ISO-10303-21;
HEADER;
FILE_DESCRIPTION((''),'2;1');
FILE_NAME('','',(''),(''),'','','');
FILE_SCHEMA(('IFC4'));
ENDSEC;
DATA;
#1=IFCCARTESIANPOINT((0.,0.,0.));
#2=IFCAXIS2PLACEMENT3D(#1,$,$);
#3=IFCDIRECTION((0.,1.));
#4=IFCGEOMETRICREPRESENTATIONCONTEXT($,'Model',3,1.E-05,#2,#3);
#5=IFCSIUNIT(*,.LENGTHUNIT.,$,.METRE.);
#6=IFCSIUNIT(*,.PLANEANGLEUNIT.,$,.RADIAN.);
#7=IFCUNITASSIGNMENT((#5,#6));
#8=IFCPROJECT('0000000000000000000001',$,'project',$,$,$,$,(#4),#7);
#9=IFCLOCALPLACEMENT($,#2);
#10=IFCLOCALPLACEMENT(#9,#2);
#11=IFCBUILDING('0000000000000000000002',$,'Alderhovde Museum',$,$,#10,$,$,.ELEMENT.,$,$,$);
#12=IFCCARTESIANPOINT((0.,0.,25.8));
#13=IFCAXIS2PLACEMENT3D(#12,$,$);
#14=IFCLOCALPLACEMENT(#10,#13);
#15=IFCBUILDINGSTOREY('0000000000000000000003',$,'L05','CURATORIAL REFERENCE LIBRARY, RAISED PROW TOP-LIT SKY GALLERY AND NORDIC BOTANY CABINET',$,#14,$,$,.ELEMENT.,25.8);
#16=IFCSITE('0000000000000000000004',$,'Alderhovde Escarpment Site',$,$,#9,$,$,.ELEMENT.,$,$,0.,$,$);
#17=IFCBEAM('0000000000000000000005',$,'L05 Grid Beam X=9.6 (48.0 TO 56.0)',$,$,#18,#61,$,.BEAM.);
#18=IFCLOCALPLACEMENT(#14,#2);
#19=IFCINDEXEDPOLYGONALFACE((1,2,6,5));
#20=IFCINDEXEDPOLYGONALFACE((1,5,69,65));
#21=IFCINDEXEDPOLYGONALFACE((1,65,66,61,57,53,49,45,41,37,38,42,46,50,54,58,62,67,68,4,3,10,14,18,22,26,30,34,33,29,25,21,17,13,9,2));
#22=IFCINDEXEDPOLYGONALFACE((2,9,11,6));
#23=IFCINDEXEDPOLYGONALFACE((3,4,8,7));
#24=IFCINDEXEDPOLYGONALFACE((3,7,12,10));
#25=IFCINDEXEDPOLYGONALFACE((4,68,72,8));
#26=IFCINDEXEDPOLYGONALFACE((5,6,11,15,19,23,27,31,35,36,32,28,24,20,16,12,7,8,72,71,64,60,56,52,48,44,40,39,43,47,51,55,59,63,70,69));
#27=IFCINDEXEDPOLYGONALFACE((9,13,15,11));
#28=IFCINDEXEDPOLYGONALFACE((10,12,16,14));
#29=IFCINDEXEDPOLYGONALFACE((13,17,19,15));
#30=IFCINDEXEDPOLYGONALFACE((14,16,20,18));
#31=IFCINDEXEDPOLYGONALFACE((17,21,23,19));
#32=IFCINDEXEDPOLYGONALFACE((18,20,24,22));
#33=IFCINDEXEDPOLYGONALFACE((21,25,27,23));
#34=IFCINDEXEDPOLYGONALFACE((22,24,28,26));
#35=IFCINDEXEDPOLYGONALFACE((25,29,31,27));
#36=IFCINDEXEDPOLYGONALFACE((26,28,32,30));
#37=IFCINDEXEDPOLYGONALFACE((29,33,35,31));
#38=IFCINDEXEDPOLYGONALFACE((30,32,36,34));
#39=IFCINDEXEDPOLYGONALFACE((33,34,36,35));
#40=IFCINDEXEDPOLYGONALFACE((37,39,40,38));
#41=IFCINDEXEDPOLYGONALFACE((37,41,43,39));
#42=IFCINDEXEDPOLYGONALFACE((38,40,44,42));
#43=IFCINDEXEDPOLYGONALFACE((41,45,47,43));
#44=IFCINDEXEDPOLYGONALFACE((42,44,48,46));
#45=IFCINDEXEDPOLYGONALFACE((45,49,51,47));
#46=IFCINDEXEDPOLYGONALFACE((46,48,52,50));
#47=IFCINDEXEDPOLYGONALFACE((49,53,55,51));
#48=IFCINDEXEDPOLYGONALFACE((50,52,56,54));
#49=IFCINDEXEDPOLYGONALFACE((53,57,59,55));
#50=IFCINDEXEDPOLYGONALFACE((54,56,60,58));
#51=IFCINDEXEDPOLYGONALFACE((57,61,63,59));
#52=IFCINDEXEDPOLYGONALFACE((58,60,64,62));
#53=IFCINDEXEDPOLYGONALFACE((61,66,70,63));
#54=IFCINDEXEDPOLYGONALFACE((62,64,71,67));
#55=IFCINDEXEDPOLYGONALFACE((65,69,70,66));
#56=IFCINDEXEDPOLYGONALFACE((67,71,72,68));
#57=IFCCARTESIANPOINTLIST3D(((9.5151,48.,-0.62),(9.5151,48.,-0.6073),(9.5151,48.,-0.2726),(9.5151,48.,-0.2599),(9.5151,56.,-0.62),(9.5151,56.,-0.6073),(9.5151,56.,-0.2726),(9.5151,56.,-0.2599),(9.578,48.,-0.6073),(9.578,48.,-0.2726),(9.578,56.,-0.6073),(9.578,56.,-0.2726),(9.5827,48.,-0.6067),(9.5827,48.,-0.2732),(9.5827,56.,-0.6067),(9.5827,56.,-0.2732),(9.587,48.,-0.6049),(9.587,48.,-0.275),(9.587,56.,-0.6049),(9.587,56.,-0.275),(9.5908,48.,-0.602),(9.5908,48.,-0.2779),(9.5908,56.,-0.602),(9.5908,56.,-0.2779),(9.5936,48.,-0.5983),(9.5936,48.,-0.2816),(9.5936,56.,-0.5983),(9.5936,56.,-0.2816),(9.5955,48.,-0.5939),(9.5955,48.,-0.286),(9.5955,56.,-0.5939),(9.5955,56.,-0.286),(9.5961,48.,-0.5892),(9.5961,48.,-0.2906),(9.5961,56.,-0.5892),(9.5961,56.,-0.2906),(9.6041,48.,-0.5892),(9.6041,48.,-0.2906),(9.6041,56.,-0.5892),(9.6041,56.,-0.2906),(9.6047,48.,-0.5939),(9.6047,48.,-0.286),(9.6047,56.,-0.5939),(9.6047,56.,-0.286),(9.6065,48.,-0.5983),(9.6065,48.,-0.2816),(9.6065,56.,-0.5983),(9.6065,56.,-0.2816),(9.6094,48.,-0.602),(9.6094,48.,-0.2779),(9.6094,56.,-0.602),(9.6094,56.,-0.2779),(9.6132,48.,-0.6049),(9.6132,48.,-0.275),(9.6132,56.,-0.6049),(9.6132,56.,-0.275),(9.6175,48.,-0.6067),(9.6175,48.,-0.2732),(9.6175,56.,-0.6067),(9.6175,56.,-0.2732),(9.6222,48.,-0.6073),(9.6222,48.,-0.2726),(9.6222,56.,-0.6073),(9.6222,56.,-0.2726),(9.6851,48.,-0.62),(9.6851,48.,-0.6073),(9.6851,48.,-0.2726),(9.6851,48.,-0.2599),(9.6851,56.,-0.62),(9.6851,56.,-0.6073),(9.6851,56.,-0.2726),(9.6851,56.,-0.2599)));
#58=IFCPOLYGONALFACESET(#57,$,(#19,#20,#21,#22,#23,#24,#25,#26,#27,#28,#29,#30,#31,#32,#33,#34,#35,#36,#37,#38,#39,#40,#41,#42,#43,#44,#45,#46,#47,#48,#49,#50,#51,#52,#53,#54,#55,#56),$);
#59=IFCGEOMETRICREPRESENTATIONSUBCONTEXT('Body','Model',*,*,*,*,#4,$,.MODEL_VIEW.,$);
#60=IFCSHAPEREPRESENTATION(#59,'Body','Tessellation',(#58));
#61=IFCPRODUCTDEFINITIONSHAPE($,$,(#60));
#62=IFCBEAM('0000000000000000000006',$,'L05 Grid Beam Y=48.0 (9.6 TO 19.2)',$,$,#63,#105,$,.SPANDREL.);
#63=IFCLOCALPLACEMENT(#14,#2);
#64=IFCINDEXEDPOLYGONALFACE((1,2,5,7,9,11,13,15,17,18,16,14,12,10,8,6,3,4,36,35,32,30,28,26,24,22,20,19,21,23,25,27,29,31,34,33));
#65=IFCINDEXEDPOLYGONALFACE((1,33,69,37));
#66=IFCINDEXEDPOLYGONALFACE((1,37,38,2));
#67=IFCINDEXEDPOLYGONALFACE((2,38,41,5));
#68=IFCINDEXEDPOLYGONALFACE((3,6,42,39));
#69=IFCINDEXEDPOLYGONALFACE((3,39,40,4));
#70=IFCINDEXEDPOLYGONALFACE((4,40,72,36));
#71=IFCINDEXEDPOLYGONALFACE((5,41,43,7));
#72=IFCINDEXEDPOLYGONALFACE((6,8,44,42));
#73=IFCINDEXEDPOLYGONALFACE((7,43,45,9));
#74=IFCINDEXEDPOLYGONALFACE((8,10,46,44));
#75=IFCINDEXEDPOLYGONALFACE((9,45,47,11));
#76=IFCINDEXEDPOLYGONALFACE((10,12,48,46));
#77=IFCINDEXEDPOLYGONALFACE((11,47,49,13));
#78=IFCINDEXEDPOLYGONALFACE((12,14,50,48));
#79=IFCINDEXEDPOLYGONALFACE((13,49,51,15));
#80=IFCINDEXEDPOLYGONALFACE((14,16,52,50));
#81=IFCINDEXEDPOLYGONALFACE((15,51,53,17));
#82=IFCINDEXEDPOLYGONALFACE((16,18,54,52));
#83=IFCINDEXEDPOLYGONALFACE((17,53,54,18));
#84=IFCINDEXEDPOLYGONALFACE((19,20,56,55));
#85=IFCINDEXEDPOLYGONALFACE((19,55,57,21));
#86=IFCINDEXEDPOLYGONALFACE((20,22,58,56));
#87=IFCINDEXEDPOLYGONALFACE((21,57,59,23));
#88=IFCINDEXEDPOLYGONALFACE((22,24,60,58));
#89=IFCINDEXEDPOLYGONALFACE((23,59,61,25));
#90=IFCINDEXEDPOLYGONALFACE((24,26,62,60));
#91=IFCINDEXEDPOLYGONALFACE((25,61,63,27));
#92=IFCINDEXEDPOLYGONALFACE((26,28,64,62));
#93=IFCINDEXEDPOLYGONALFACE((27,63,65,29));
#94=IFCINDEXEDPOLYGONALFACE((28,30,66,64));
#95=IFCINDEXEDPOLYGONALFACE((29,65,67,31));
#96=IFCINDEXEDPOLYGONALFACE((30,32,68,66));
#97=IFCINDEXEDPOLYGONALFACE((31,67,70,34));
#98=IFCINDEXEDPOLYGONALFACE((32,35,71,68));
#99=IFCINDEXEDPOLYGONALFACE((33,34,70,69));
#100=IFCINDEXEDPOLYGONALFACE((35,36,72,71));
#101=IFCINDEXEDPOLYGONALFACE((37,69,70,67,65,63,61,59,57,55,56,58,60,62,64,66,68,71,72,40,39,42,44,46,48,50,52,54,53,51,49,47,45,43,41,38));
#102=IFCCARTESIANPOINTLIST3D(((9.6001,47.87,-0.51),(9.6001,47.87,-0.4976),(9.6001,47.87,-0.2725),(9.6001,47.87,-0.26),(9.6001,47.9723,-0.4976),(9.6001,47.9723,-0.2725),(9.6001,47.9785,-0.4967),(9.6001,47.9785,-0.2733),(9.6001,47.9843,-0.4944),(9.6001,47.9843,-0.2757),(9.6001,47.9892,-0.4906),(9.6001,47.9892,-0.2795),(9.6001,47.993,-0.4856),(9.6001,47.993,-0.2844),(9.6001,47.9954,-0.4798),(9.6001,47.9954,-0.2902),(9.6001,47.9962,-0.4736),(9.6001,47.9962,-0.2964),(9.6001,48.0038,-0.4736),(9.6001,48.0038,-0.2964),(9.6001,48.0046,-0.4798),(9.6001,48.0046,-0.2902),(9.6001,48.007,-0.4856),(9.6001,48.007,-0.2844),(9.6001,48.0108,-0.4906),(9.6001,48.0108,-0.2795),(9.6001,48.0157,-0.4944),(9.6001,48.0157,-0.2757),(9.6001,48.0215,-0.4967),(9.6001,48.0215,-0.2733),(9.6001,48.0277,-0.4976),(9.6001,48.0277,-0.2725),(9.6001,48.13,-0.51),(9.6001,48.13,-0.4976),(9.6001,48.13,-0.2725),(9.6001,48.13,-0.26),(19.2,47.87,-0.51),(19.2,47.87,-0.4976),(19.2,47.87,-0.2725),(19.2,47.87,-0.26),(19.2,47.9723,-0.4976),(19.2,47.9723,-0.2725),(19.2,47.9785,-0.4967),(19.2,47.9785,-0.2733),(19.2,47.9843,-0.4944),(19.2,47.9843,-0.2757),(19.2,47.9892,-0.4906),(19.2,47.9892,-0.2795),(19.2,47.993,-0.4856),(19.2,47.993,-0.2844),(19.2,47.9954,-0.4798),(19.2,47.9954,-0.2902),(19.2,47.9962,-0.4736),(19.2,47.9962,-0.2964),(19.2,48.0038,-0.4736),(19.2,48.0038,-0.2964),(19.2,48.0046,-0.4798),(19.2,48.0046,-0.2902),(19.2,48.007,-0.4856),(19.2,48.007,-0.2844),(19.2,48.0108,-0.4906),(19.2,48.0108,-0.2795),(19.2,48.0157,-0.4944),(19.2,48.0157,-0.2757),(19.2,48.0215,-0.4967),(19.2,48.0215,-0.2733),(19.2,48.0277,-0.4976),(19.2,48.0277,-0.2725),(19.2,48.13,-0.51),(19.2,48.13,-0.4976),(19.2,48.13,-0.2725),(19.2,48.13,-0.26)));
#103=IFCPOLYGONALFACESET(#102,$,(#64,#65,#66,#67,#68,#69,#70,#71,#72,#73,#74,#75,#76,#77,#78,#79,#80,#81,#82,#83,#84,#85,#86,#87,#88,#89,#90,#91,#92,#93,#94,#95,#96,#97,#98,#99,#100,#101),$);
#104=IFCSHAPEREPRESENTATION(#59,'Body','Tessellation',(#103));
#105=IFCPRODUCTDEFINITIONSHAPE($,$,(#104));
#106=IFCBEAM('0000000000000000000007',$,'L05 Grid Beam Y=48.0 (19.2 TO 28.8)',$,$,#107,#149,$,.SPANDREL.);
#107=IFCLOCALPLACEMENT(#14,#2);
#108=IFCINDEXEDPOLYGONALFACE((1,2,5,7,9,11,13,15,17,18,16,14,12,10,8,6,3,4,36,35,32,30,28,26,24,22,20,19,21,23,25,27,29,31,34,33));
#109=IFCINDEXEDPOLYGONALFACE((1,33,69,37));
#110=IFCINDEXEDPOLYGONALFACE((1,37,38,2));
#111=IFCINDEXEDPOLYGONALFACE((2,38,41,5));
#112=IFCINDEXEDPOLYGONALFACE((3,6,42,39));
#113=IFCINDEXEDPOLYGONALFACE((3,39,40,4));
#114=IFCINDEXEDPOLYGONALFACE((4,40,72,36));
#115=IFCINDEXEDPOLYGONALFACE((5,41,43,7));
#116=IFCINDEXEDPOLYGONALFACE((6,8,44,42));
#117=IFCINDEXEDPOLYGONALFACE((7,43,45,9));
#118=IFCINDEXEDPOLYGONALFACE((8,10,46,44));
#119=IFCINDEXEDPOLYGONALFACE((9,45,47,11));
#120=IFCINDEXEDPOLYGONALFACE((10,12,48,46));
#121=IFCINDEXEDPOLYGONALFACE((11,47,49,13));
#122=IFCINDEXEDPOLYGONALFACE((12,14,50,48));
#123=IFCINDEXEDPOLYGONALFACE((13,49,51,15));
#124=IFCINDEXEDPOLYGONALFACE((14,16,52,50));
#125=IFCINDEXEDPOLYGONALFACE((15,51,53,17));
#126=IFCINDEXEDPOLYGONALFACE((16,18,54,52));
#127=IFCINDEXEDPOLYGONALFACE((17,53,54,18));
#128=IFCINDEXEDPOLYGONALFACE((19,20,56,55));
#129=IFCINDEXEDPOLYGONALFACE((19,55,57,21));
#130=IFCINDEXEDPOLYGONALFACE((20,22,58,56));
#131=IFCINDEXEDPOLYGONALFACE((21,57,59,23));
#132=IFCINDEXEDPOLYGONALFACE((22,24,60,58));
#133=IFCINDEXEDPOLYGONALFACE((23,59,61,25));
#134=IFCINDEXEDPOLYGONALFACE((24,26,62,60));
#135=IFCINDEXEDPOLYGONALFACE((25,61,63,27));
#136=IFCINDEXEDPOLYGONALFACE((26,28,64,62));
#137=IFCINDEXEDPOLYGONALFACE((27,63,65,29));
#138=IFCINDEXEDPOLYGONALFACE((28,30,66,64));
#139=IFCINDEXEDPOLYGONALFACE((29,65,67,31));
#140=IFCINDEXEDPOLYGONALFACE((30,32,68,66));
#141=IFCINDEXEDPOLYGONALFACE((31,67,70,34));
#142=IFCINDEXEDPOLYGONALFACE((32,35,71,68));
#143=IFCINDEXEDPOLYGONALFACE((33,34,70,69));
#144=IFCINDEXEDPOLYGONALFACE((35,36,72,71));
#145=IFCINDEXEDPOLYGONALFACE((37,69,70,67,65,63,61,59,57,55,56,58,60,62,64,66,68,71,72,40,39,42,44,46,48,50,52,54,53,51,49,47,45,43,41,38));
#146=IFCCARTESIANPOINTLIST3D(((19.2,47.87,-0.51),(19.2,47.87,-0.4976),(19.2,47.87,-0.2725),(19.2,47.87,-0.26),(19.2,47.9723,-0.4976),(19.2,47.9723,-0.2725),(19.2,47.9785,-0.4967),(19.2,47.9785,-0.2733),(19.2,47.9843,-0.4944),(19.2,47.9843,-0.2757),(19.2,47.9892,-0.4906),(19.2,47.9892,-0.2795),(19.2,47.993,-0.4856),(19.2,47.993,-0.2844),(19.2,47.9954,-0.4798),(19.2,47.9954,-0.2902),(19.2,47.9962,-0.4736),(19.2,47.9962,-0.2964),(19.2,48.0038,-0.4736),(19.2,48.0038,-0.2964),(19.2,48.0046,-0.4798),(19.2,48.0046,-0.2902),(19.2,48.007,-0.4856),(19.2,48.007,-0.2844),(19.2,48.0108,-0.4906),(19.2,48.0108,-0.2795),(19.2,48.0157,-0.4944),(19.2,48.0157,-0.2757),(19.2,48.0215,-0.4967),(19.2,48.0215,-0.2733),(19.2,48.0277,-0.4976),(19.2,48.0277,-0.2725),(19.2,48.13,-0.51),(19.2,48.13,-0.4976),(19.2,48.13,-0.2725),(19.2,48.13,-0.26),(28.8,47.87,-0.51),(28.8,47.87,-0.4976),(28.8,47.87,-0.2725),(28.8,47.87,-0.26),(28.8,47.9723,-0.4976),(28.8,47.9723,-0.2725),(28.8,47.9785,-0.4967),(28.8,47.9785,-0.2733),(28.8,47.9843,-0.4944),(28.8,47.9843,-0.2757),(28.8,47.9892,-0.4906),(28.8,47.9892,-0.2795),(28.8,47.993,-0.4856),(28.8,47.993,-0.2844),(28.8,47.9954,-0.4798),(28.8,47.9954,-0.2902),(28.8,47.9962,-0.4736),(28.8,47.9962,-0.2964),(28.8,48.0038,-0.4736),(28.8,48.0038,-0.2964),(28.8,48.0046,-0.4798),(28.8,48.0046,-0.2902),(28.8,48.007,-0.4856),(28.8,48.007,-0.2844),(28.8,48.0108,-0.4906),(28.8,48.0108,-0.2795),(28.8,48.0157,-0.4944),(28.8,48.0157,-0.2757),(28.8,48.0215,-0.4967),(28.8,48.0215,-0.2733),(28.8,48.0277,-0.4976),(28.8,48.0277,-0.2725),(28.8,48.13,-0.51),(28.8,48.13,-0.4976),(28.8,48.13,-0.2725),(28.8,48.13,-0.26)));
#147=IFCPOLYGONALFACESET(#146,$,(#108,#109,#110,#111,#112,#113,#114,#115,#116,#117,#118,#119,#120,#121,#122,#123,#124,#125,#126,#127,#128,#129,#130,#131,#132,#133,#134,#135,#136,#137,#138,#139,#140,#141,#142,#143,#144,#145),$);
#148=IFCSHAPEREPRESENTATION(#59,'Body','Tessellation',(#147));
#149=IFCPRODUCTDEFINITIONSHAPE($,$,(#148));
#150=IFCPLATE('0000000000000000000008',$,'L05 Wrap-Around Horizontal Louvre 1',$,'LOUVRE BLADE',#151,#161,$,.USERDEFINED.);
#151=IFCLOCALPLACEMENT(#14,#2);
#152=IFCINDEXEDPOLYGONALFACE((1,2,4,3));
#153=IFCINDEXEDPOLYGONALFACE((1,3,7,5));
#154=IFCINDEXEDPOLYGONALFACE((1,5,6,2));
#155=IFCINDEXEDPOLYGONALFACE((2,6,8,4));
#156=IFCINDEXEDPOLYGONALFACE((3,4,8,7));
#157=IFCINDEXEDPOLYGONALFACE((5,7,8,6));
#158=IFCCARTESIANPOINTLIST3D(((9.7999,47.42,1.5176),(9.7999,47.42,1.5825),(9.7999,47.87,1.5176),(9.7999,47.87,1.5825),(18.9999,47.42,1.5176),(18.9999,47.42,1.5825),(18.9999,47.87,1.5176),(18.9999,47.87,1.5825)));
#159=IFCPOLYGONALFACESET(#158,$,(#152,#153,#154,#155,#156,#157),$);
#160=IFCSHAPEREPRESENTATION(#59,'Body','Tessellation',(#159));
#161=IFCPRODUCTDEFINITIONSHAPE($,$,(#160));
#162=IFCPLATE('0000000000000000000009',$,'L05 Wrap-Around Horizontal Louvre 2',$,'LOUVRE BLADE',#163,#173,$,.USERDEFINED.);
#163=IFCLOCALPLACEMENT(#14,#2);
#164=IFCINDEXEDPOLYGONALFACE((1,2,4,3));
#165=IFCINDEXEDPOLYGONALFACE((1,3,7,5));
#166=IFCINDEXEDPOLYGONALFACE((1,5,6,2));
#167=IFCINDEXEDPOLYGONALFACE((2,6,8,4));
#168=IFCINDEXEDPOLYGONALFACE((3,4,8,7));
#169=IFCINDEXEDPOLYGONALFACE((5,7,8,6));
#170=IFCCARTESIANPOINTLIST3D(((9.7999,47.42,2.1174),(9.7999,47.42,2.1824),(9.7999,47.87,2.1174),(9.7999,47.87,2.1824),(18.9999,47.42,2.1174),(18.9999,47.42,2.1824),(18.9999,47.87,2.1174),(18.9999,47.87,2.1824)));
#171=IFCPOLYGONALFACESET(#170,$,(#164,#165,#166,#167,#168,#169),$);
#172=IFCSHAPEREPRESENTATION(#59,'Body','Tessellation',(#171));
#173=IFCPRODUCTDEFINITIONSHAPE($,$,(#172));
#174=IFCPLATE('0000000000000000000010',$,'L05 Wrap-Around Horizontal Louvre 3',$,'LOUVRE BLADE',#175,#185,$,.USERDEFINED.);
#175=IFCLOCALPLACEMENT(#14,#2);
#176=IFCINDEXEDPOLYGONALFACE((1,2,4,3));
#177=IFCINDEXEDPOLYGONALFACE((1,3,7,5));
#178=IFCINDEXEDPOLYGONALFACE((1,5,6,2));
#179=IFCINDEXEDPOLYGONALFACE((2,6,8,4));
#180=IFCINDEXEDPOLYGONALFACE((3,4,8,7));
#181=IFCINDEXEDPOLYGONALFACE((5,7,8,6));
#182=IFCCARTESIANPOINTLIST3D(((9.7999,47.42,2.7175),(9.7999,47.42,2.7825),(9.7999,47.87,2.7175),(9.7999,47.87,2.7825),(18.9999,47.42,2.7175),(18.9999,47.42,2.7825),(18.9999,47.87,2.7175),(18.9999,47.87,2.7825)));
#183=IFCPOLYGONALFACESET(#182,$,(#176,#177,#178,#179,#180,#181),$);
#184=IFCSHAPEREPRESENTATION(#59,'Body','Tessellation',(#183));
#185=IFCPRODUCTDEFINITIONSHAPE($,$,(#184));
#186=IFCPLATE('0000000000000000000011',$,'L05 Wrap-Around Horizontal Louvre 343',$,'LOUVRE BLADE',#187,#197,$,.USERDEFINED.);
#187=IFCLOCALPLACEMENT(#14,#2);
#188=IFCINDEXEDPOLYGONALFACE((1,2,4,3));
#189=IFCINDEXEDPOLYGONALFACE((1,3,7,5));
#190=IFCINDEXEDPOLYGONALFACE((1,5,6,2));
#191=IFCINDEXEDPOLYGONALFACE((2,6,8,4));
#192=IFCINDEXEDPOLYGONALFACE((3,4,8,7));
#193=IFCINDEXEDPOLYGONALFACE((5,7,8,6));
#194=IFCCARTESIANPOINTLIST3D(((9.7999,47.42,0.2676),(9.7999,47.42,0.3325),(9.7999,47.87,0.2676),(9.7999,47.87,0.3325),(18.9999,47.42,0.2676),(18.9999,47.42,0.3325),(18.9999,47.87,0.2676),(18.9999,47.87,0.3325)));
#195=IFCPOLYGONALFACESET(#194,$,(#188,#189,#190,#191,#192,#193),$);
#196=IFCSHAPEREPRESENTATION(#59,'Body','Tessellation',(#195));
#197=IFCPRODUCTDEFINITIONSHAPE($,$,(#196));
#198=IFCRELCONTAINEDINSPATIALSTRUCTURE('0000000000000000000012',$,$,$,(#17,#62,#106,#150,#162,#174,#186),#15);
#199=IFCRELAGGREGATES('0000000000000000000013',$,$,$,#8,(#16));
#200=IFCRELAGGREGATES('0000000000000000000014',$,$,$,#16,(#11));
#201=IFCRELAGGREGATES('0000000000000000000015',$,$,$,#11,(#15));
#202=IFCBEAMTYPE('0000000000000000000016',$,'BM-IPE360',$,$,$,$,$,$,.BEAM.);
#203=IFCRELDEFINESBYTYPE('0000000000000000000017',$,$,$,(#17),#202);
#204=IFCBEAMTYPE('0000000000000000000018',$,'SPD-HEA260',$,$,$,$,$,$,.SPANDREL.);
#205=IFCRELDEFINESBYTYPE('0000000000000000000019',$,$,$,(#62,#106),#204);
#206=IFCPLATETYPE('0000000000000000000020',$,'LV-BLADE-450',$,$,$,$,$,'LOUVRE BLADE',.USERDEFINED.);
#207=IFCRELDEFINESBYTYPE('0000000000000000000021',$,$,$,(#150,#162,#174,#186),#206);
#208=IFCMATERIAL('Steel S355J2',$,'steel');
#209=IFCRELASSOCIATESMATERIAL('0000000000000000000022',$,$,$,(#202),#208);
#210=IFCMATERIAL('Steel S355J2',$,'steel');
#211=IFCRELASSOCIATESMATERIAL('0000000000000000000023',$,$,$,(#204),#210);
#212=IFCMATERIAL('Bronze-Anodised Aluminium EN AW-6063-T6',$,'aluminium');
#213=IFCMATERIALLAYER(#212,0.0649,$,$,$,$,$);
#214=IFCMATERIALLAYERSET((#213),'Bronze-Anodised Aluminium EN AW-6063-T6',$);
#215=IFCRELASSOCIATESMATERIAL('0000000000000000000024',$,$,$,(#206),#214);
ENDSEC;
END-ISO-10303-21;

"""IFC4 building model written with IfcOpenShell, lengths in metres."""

from ifc_helpers import new_model, si_unit, direction, frame, origin, origin_2d, place, context, subcontext, project, spatial, rectangle, i_section, extrude, material, layer, layer_set, material_profile, profile_set, type_object, element, save


model = new_model("IFC4")

# Units and contexts
model_context = context("Model", 3, precision=1e-05, world=origin(), true_north=direction((0.0, 1.0)))
body_context = subcontext(model_context, "Body", "Model", "MODEL_VIEW")
ifc_project = project(units=[si_unit("LENGTHUNIT", "METRE"), si_unit("PLANEANGLEUNIT", "RADIAN")], contexts=[model_context])

# Site, building, storey
site_placement = place(None, origin())
site = spatial("IfcSite", under=ifc_project, at=site_placement, Name="Alderhovde Escarpment Site", CompositionType="ELEMENT", RefElevation=0.0)
building_placement = place(site_placement, origin())
building = spatial("IfcBuilding", under=site, at=building_placement, Name="Alderhovde Museum", CompositionType="ELEMENT")
storey_placement = place(building_placement, frame((0.0, 0.0, 25.8)))
storey = spatial("IfcBuildingStorey", under=building, at=storey_placement, Name="L05", Description="CURATORIAL REFERENCE LIBRARY, RAISED PROW TOP-LIT SKY GALLERY AND NORDIC BOTANY CABINET", CompositionType="ELEMENT", Elevation=25.8)

# Beams
ifc_material_1 = material(Name="Steel S355J2", Category="steel")
ifc_material_profile_1 = material_profile(ifc_material_1, i_section(OverallWidth=0.1699, OverallDepth=0.3601, WebThickness=0.0081, FlangeThickness=0.0127, FilletRadius=0.0181, at=origin_2d()), Name="IPE 360")
ifc_profile_set_1 = profile_set([ifc_material_profile_1], Name="Steel S355J2")
beam_type_1 = type_object("IfcBeamType", Name="BM-IPE360", PredefinedType="BEAM", material=ifc_profile_set_1)
beam_1_placement = place(storey_placement, frame((9.6001, 48.0, -0.4399), z_axis=(0.0, 1.0, 0.0), x_axis=(-1.0, 0.0, 0.0)))
element("IfcBeam", 1, at=beam_1_placement, inside=storey, type_object=beam_type_1, Name="L05 Grid Beam X=9.6 (48.0 TO 56.0)", PredefinedType="BEAM", context=body_context, shape_type="SweptSolid", body=[
    extrude(i_section(OverallWidth=0.1699, OverallDepth=0.3601, WebThickness=0.0081, FlangeThickness=0.0127, FilletRadius=0.0181, at=origin_2d()), origin(), (0.0, 0.0, 1.0), 8.0),
])
ifc_material_2 = material(Name="Steel S355J2", Category="steel")
ifc_material_profile_2 = material_profile(ifc_material_2, i_section(OverallWidth=0.26, OverallDepth=0.25, WebThickness=0.0076, FlangeThickness=0.0125, FilletRadius=0.0239, at=origin_2d()), Name="HEA 260")
ifc_profile_set_2 = profile_set([ifc_material_profile_2], Name="Steel S355J2")
beam_type_2 = type_object("IfcBeamType", Name="SPD-HEA260", PredefinedType="SPANDREL", material=ifc_profile_set_2)
beam_2_placement = place(storey_placement, frame((9.6001, 48.0, -0.385), z_axis=(1.0, 0.0, 0.0), x_axis=(0.0, 1.0, 0.0)))
element("IfcBeam", 2, at=beam_2_placement, inside=storey, type_object=beam_type_2, Name="L05 Grid Beam Y=48.0 (9.6 TO 19.2)", PredefinedType="SPANDREL", context=body_context, shape_type="SweptSolid", body=[
    extrude(i_section(OverallWidth=0.26, OverallDepth=0.25, WebThickness=0.0076, FlangeThickness=0.0125, FilletRadius=0.0239, at=origin_2d()), origin(), (0.0, 0.0, 1.0), 9.5999),
])
beam_3_placement = place(storey_placement, frame((19.2, 48.0, -0.385), z_axis=(1.0, 0.0, 0.0), x_axis=(0.0, 1.0, 0.0)))
element("IfcBeam", 3, at=beam_3_placement, inside=storey, type_object=beam_type_2, Name="L05 Grid Beam Y=48.0 (19.2 TO 28.8)", PredefinedType="SPANDREL", context=body_context, shape_type="SweptSolid", body=[
    extrude(i_section(OverallWidth=0.26, OverallDepth=0.25, WebThickness=0.0076, FlangeThickness=0.0125, FilletRadius=0.0239, at=origin_2d()), origin(), (0.0, 0.0, 1.0), 9.6001),
])

# Plates
ifc_material_3 = material(Name="Bronze-Anodised Aluminium EN AW-6063-T6", Category="aluminium")
ifc_layer_1 = layer(ifc_material_3, 0.0649)
ifc_layer_set_1 = layer_set([ifc_layer_1], Name="Bronze-Anodised Aluminium EN AW-6063-T6")
plate_type_1 = type_object("IfcPlateType", Name="LV-BLADE-450", ElementType="LOUVRE BLADE", PredefinedType="USERDEFINED", material=ifc_layer_set_1)
for number, where, z_axis, x_axis, name in (
    (4, (14.3999, 47.645, 1.5176), (0.0, 0.0, 1.0), (1.0, 0.0, 0.0), "L05 Wrap-Around Horizontal Louvre 1"),
    (5, (14.3999, 47.645, 2.1174), (0.0, 0.0, 1.0), (1.0, 0.0, 0.0), "L05 Wrap-Around Horizontal Louvre 2"),
    (6, (14.3999, 47.645, 2.7175), (0.0, 0.0, 1.0), (1.0, 0.0, 0.0), "L05 Wrap-Around Horizontal Louvre 3"),
    (7, (14.3999, 47.645, 0.2676), (0.0, 0.0, 1.0), (1.0, 0.0, 0.0), "L05 Wrap-Around Horizontal Louvre 343"),
):
    element("IfcPlate", number, at=place(storey_placement, frame(where, z_axis=z_axis, x_axis=x_axis)), inside=storey, type_object=plate_type_1, Name=name, ObjectType="LOUVRE BLADE", PredefinedType="USERDEFINED", context=body_context, shape_type="SweptSolid", body=[
        extrude(rectangle(XDim=9.2, YDim=0.45, at=origin_2d()), origin(), (0.0, 0.0, 1.0), 0.0649),
    ])

save(model, "model.ifc")
